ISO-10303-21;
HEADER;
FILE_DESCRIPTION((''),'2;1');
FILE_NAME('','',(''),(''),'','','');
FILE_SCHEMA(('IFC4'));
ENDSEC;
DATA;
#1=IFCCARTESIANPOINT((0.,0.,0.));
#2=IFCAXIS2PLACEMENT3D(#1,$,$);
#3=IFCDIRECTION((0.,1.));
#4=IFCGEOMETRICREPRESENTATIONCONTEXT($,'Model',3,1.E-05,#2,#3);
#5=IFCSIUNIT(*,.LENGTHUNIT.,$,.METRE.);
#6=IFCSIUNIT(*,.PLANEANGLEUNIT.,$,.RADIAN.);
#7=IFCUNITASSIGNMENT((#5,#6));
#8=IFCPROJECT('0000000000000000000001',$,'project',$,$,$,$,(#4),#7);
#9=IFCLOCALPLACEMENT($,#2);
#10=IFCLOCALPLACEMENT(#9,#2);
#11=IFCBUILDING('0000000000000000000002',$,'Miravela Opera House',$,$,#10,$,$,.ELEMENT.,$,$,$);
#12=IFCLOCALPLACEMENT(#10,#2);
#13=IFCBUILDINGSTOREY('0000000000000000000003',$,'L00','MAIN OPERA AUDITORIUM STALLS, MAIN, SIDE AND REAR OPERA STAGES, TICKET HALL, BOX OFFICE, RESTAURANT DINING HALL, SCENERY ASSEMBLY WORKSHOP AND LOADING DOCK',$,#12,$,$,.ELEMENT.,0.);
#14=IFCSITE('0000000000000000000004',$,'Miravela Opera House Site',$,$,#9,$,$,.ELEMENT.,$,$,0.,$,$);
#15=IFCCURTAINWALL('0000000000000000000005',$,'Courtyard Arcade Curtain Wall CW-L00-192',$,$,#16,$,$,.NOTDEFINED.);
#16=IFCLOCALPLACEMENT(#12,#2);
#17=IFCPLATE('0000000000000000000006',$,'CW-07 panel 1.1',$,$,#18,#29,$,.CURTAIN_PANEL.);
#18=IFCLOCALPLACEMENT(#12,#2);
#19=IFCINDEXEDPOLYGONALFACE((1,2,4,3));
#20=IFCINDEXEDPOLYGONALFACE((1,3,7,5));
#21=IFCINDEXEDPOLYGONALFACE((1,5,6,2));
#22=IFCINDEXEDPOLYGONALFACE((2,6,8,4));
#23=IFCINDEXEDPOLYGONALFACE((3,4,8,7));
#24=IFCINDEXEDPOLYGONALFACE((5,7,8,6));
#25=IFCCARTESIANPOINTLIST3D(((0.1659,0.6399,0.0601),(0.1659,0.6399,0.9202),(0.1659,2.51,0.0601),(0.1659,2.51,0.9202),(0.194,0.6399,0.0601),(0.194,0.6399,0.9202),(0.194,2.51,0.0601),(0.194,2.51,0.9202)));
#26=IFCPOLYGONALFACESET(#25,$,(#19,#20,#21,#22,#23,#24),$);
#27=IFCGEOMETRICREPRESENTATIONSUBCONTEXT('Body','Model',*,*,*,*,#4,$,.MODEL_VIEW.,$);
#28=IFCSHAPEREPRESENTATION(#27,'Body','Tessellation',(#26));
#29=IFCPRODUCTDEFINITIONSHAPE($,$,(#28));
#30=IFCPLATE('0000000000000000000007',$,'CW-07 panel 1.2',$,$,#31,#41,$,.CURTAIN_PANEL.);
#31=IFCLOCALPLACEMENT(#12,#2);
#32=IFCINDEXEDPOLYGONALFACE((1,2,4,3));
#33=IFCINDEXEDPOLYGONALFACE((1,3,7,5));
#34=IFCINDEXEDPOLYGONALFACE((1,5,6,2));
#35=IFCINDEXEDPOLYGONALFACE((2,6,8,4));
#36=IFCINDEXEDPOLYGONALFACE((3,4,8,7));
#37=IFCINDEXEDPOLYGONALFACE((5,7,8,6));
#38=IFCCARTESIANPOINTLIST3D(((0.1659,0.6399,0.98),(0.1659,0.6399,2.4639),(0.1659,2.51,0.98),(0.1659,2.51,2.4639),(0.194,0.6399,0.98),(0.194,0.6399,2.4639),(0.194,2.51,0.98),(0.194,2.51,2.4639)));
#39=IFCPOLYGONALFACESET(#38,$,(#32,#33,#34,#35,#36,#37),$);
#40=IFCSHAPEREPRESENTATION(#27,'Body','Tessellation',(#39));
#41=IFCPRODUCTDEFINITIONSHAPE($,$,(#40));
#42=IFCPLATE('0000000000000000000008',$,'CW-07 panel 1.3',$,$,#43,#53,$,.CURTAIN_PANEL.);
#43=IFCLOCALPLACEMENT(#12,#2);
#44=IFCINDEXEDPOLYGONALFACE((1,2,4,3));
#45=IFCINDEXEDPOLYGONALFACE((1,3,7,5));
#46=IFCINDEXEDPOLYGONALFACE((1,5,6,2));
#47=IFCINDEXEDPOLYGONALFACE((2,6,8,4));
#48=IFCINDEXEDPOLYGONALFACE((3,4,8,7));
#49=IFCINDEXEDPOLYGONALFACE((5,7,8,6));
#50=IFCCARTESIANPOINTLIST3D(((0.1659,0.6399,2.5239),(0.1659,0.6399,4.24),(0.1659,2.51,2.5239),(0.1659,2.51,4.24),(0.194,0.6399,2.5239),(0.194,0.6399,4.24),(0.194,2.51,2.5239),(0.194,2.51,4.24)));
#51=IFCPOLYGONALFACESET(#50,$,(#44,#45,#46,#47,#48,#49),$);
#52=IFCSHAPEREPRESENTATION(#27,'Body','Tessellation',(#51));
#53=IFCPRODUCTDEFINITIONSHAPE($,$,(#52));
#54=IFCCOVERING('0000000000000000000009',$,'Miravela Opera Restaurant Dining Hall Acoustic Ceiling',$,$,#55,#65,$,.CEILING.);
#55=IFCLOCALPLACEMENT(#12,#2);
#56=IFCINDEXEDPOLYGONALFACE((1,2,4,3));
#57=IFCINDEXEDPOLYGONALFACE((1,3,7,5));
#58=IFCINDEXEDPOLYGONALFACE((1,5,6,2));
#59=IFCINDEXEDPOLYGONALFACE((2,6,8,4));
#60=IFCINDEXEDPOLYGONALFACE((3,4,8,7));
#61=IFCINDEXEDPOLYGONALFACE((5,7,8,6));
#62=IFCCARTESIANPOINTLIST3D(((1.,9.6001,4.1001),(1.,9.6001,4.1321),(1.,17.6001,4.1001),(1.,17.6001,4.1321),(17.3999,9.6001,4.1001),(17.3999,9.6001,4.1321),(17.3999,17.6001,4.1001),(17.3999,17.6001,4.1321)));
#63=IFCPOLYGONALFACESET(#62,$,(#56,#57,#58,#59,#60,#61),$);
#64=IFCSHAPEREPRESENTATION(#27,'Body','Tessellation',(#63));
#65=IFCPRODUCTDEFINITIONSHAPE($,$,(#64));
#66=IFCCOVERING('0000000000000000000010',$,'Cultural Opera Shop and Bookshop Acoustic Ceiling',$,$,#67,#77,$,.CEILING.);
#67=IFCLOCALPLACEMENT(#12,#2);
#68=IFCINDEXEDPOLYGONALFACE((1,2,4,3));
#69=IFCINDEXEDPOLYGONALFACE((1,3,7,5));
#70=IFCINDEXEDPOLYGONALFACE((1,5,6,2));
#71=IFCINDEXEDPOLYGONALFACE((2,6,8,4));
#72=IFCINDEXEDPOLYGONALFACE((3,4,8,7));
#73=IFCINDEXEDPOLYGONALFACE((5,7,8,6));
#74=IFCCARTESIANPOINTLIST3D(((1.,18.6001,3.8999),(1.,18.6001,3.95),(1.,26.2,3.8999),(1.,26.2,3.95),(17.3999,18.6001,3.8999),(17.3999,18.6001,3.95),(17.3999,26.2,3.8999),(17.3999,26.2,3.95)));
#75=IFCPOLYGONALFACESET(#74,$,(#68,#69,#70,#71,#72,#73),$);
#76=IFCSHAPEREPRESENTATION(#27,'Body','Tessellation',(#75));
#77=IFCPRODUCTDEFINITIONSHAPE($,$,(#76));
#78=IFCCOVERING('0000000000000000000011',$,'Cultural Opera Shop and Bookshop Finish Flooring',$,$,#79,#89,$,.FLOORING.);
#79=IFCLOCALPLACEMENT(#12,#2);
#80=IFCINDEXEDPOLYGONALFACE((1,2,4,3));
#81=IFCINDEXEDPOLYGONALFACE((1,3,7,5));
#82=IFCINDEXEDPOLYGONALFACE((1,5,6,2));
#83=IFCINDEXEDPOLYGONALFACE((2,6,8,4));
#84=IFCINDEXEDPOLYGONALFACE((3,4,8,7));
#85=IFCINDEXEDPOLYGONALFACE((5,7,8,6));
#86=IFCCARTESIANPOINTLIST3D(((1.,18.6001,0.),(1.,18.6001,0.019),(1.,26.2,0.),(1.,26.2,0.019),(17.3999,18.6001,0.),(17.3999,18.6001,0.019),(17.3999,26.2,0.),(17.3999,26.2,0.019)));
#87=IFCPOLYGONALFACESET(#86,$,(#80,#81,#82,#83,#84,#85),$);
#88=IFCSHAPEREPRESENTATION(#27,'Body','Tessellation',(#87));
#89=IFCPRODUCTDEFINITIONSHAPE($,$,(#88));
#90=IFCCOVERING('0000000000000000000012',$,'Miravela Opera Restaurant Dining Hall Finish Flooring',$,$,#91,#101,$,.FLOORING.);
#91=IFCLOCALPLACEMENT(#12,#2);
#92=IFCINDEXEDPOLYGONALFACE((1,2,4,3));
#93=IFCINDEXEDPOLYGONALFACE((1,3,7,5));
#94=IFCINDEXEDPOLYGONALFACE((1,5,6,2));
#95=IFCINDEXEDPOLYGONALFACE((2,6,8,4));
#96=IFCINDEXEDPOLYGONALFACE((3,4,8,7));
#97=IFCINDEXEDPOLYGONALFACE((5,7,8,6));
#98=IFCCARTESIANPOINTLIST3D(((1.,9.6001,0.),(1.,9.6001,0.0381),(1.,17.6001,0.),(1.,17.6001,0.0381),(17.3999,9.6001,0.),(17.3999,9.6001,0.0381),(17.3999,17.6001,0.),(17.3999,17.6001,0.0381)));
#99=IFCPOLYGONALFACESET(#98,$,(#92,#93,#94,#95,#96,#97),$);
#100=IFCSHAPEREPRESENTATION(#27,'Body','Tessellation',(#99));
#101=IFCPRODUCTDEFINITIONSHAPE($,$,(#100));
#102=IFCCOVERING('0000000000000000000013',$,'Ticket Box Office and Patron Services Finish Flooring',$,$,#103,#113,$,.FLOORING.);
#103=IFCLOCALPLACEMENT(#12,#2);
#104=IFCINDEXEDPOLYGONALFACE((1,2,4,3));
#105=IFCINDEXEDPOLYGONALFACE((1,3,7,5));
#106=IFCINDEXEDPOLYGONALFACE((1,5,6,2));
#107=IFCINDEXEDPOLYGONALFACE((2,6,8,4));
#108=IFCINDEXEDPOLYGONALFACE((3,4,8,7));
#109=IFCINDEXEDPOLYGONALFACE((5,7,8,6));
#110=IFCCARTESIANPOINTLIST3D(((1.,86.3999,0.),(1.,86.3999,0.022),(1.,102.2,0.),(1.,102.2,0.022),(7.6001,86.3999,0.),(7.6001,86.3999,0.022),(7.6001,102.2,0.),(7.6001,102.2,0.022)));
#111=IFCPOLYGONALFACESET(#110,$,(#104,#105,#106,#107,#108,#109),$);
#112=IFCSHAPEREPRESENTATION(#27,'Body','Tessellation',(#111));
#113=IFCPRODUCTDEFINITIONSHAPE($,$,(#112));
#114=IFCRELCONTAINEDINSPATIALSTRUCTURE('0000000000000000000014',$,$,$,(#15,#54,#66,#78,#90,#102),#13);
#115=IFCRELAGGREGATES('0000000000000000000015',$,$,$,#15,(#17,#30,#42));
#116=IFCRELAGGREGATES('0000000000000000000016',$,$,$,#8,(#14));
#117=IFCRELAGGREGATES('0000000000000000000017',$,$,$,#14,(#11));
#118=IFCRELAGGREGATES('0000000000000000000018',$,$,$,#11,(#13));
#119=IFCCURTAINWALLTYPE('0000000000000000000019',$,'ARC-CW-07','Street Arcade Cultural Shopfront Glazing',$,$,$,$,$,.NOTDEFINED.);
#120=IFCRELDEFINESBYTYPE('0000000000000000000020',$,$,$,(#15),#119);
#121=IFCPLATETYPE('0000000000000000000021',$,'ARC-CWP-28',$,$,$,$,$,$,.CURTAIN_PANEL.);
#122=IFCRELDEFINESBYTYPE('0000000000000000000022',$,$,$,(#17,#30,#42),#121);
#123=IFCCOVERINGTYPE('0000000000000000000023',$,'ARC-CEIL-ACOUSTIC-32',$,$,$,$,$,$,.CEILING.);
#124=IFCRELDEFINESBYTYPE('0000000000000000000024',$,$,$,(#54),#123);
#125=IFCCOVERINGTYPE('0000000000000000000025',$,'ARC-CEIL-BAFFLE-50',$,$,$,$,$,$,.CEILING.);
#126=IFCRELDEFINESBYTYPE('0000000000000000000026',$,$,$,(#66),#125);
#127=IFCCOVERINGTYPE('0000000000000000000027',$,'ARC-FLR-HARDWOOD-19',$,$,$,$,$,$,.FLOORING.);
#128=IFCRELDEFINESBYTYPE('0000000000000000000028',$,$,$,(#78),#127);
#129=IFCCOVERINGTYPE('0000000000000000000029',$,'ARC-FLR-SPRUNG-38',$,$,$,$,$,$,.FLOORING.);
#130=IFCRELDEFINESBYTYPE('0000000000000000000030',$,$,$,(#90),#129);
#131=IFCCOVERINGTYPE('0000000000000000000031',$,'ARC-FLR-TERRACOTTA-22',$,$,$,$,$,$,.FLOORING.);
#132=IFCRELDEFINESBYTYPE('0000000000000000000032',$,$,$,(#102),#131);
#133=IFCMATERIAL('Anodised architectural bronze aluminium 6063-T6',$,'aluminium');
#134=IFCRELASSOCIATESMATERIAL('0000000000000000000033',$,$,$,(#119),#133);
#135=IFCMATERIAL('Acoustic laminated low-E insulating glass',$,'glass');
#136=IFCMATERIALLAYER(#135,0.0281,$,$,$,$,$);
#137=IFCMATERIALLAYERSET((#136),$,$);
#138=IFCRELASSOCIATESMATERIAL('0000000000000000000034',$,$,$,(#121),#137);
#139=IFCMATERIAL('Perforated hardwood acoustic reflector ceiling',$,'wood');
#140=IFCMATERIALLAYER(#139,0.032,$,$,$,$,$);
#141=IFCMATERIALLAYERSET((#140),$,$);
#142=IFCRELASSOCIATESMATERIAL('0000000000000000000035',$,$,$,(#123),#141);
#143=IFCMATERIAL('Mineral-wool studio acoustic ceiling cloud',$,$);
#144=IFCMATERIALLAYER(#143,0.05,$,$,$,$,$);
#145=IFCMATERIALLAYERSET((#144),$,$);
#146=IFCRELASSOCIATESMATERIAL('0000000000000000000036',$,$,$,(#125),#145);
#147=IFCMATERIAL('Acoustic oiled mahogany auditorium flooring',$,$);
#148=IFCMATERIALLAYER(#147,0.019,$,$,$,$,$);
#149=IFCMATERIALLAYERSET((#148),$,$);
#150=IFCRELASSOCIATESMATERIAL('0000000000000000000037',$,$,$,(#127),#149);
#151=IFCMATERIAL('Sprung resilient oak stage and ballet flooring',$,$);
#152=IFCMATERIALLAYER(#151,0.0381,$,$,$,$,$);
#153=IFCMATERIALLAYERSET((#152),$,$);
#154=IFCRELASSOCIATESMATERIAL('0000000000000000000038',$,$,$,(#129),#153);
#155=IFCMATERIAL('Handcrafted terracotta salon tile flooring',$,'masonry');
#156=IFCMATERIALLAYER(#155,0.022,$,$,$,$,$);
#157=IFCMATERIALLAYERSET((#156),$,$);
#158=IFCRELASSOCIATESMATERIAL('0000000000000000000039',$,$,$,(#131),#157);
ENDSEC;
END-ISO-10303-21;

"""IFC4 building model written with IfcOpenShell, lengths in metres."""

from ifc_helpers import new_model, si_unit, direction, frame, origin, origin_2d, place, context, subcontext, project, spatial, polyline, rectangle, outline, extrude, material, layer, layer_set, type_object, element, aggregate, save


model = new_model("IFC4")

# Units and contexts
model_context = context("Model", 3, precision=1e-05, world=origin(), true_north=direction((0.0, 1.0)))
body_context = subcontext(model_context, "Body", "Model", "MODEL_VIEW")
ifc_project = project(units=[si_unit("LENGTHUNIT", "METRE"), si_unit("PLANEANGLEUNIT", "RADIAN")], contexts=[model_context])

# Site, building, storey
site_placement = place(None, origin())
site = spatial("IfcSite", under=ifc_project, at=site_placement, Name="Miravela Opera House Site", CompositionType="ELEMENT", RefElevation=0.0)
building_placement = place(site_placement, origin())
building = spatial("IfcBuilding", under=site, at=building_placement, Name="Miravela Opera House", CompositionType="ELEMENT")
storey_placement = place(building_placement, origin())
storey = spatial("IfcBuildingStorey", under=building, at=storey_placement, Name="L00", Description="MAIN OPERA AUDITORIUM STALLS, MAIN, SIDE AND REAR OPERA STAGES, TICKET HALL, BOX OFFICE, RESTAURANT DINING HALL, SCENERY ASSEMBLY WORKSHOP AND LOADING DOCK", CompositionType="ELEMENT", Elevation=0.0)

# Curtain wall
ifc_material_1 = material(Name="Anodised architectural bronze aluminium 6063-T6", Category="aluminium")
curtain_wall_type = type_object("IfcCurtainWallType", Name="ARC-CW-07", Description="Street Arcade Cultural Shopfront Glazing", PredefinedType="NOTDEFINED", material=ifc_material_1)
curtain_wall_placement = place(storey_placement, origin())
curtain_wall = element("IfcCurtainWall", 1, at=curtain_wall_placement, inside=storey, type_object=curtain_wall_type, Name="Courtyard Arcade Curtain Wall CW-L00-192", PredefinedType="NOTDEFINED")

# Plates
ifc_material_2 = material(Name="Acoustic laminated low-E insulating glass", Category="glass")
ifc_layer_1 = layer(ifc_material_2, 0.0281)
ifc_layer_set_1 = layer_set([ifc_layer_1])
plate_type = type_object("IfcPlateType", Name="ARC-CWP-28", PredefinedType="CURTAIN_PANEL", material=ifc_layer_set_1)
plate_1_placement = place(storey_placement, frame((0.1799, 1.575, 0.0601), z_axis=(0.0, 0.0, 1.0), x_axis=(0.0, 1.0, 0.0)))
plate_1 = element("IfcPlate", 2, at=plate_1_placement, type_object=plate_type, Name="CW-07 panel 1.1", PredefinedType="CURTAIN_PANEL", context=body_context, shape_type="SweptSolid", body=[
    extrude(rectangle(XDim=1.8701, YDim=0.0281, at=origin_2d()), origin(), (0.0, 0.0, 1.0), 0.8601),
])
plate_2_placement = place(storey_placement, frame((0.1799, 1.575, 0.98), z_axis=(0.0, 0.0, 1.0), x_axis=(0.0, 1.0, 0.0)))
plate_2 = element("IfcPlate", 3, at=plate_2_placement, type_object=plate_type, Name="CW-07 panel 1.2", PredefinedType="CURTAIN_PANEL", context=body_context, shape_type="SweptSolid", body=[
    extrude(rectangle(XDim=1.8701, YDim=0.0281, at=origin_2d()), origin(), (0.0, 0.0, 1.0), 1.4839),
])
plate_3_placement = place(storey_placement, frame((0.1799, 1.575, 2.5239), z_axis=(0.0, 0.0, 1.0), x_axis=(0.0, 1.0, 0.0)))
plate_3 = element("IfcPlate", 4, at=plate_3_placement, type_object=plate_type, Name="CW-07 panel 1.3", PredefinedType="CURTAIN_PANEL", context=body_context, shape_type="SweptSolid", body=[
    extrude(rectangle(XDim=1.8701, YDim=0.0281, at=origin_2d()), origin(), (0.0, 0.0, 1.0), 1.7161),
])
aggregate(curtain_wall, [plate_1, plate_2, plate_3])

# Coverings
ifc_material_3 = material(Name="Perforated hardwood acoustic reflector ceiling", Category="wood")
ifc_layer_2 = layer(ifc_material_3, 0.032)
ifc_layer_set_2 = layer_set([ifc_layer_2])
covering_type_1 = type_object("IfcCoveringType", Name="ARC-CEIL-ACOUSTIC-32", PredefinedType="CEILING", material=ifc_layer_set_2)
covering_1_placement = place(storey_placement, frame((0.0, 0.0, 4.1001)))
element("IfcCovering", 5, at=covering_1_placement, inside=storey, type_object=covering_type_1, Name="Miravela Opera Restaurant Dining Hall Acoustic Ceiling", PredefinedType="CEILING", context=body_context, shape_type="SweptSolid", body=[
    extrude(outline(polyline([(1.0, 9.6001), (17.3999, 9.6001), (17.3999, 17.6001), (1.0, 17.6001), (1.0, 9.6001)])), origin(), (0.0, 0.0, 1.0), 0.032),
])
ifc_material_4 = material(Name="Mineral-wool studio acoustic ceiling cloud")
ifc_layer_3 = layer(ifc_material_4, 0.05)
ifc_layer_set_3 = layer_set([ifc_layer_3])
covering_type_2 = type_object("IfcCoveringType", Name="ARC-CEIL-BAFFLE-50", PredefinedType="CEILING", material=ifc_layer_set_3)
covering_2_placement = place(storey_placement, frame((0.0, 0.0, 3.8999)))
element("IfcCovering", 6, at=covering_2_placement, inside=storey, type_object=covering_type_2, Name="Cultural Opera Shop and Bookshop Acoustic Ceiling", PredefinedType="CEILING", context=body_context, shape_type="SweptSolid", body=[
    extrude(outline(polyline([(1.0, 18.6001), (17.3999, 18.6001), (17.3999, 26.2), (1.0, 26.2), (1.0, 18.6001)])), origin(), (0.0, 0.0, 1.0), 0.05),
])
ifc_material_5 = material(Name="Acoustic oiled mahogany auditorium flooring")
ifc_layer_4 = layer(ifc_material_5, 0.019)
ifc_layer_set_4 = layer_set([ifc_layer_4])
covering_type_3 = type_object("IfcCoveringType", Name="ARC-FLR-HARDWOOD-19", PredefinedType="FLOORING", material=ifc_layer_set_4)
covering_3_placement = place(storey_placement, origin())
element("IfcCovering", 7, at=covering_3_placement, inside=storey, type_object=covering_type_3, Name="Cultural Opera Shop and Bookshop Finish Flooring", PredefinedType="FLOORING", context=body_context, shape_type="SweptSolid", body=[
    extrude(outline(polyline([(1.0, 18.6001), (17.3999, 18.6001), (17.3999, 26.2), (1.0, 26.2), (1.0, 18.6001)])), origin(), (0.0, 0.0, 1.0), 0.019),
])
ifc_material_6 = material(Name="Sprung resilient oak stage and ballet flooring")
ifc_layer_5 = layer(ifc_material_6, 0.0381)
ifc_layer_set_5 = layer_set([ifc_layer_5])
covering_type_4 = type_object("IfcCoveringType", Name="ARC-FLR-SPRUNG-38", PredefinedType="FLOORING", material=ifc_layer_set_5)
covering_4_placement = place(storey_placement, origin())
element("IfcCovering", 8, at=covering_4_placement, inside=storey, type_object=covering_type_4, Name="Miravela Opera Restaurant Dining Hall Finish Flooring", PredefinedType="FLOORING", context=body_context, shape_type="SweptSolid", body=[
    extrude(outline(polyline([(1.0, 9.6001), (17.3999, 9.6001), (17.3999, 17.6001), (1.0, 17.6001), (1.0, 9.6001)])), origin(), (0.0, 0.0, 1.0), 0.0381),
])
ifc_material_7 = material(Name="Handcrafted terracotta salon tile flooring", Category="masonry")
ifc_layer_6 = layer(ifc_material_7, 0.022)
ifc_layer_set_6 = layer_set([ifc_layer_6])
covering_type_5 = type_object("IfcCoveringType", Name="ARC-FLR-TERRACOTTA-22", PredefinedType="FLOORING", material=ifc_layer_set_6)
covering_5_placement = place(storey_placement, origin())
element("IfcCovering", 9, at=covering_5_placement, inside=storey, type_object=covering_type_5, Name="Ticket Box Office and Patron Services Finish Flooring", PredefinedType="FLOORING", context=body_context, shape_type="SweptSolid", body=[
    extrude(outline(polyline([(1.0, 86.3999), (7.6001, 86.3999), (7.6001, 102.2), (1.0, 102.2), (1.0, 86.3999)])), origin(), (0.0, 0.0, 1.0), 0.022),
])

save(model, "model.ifc")
